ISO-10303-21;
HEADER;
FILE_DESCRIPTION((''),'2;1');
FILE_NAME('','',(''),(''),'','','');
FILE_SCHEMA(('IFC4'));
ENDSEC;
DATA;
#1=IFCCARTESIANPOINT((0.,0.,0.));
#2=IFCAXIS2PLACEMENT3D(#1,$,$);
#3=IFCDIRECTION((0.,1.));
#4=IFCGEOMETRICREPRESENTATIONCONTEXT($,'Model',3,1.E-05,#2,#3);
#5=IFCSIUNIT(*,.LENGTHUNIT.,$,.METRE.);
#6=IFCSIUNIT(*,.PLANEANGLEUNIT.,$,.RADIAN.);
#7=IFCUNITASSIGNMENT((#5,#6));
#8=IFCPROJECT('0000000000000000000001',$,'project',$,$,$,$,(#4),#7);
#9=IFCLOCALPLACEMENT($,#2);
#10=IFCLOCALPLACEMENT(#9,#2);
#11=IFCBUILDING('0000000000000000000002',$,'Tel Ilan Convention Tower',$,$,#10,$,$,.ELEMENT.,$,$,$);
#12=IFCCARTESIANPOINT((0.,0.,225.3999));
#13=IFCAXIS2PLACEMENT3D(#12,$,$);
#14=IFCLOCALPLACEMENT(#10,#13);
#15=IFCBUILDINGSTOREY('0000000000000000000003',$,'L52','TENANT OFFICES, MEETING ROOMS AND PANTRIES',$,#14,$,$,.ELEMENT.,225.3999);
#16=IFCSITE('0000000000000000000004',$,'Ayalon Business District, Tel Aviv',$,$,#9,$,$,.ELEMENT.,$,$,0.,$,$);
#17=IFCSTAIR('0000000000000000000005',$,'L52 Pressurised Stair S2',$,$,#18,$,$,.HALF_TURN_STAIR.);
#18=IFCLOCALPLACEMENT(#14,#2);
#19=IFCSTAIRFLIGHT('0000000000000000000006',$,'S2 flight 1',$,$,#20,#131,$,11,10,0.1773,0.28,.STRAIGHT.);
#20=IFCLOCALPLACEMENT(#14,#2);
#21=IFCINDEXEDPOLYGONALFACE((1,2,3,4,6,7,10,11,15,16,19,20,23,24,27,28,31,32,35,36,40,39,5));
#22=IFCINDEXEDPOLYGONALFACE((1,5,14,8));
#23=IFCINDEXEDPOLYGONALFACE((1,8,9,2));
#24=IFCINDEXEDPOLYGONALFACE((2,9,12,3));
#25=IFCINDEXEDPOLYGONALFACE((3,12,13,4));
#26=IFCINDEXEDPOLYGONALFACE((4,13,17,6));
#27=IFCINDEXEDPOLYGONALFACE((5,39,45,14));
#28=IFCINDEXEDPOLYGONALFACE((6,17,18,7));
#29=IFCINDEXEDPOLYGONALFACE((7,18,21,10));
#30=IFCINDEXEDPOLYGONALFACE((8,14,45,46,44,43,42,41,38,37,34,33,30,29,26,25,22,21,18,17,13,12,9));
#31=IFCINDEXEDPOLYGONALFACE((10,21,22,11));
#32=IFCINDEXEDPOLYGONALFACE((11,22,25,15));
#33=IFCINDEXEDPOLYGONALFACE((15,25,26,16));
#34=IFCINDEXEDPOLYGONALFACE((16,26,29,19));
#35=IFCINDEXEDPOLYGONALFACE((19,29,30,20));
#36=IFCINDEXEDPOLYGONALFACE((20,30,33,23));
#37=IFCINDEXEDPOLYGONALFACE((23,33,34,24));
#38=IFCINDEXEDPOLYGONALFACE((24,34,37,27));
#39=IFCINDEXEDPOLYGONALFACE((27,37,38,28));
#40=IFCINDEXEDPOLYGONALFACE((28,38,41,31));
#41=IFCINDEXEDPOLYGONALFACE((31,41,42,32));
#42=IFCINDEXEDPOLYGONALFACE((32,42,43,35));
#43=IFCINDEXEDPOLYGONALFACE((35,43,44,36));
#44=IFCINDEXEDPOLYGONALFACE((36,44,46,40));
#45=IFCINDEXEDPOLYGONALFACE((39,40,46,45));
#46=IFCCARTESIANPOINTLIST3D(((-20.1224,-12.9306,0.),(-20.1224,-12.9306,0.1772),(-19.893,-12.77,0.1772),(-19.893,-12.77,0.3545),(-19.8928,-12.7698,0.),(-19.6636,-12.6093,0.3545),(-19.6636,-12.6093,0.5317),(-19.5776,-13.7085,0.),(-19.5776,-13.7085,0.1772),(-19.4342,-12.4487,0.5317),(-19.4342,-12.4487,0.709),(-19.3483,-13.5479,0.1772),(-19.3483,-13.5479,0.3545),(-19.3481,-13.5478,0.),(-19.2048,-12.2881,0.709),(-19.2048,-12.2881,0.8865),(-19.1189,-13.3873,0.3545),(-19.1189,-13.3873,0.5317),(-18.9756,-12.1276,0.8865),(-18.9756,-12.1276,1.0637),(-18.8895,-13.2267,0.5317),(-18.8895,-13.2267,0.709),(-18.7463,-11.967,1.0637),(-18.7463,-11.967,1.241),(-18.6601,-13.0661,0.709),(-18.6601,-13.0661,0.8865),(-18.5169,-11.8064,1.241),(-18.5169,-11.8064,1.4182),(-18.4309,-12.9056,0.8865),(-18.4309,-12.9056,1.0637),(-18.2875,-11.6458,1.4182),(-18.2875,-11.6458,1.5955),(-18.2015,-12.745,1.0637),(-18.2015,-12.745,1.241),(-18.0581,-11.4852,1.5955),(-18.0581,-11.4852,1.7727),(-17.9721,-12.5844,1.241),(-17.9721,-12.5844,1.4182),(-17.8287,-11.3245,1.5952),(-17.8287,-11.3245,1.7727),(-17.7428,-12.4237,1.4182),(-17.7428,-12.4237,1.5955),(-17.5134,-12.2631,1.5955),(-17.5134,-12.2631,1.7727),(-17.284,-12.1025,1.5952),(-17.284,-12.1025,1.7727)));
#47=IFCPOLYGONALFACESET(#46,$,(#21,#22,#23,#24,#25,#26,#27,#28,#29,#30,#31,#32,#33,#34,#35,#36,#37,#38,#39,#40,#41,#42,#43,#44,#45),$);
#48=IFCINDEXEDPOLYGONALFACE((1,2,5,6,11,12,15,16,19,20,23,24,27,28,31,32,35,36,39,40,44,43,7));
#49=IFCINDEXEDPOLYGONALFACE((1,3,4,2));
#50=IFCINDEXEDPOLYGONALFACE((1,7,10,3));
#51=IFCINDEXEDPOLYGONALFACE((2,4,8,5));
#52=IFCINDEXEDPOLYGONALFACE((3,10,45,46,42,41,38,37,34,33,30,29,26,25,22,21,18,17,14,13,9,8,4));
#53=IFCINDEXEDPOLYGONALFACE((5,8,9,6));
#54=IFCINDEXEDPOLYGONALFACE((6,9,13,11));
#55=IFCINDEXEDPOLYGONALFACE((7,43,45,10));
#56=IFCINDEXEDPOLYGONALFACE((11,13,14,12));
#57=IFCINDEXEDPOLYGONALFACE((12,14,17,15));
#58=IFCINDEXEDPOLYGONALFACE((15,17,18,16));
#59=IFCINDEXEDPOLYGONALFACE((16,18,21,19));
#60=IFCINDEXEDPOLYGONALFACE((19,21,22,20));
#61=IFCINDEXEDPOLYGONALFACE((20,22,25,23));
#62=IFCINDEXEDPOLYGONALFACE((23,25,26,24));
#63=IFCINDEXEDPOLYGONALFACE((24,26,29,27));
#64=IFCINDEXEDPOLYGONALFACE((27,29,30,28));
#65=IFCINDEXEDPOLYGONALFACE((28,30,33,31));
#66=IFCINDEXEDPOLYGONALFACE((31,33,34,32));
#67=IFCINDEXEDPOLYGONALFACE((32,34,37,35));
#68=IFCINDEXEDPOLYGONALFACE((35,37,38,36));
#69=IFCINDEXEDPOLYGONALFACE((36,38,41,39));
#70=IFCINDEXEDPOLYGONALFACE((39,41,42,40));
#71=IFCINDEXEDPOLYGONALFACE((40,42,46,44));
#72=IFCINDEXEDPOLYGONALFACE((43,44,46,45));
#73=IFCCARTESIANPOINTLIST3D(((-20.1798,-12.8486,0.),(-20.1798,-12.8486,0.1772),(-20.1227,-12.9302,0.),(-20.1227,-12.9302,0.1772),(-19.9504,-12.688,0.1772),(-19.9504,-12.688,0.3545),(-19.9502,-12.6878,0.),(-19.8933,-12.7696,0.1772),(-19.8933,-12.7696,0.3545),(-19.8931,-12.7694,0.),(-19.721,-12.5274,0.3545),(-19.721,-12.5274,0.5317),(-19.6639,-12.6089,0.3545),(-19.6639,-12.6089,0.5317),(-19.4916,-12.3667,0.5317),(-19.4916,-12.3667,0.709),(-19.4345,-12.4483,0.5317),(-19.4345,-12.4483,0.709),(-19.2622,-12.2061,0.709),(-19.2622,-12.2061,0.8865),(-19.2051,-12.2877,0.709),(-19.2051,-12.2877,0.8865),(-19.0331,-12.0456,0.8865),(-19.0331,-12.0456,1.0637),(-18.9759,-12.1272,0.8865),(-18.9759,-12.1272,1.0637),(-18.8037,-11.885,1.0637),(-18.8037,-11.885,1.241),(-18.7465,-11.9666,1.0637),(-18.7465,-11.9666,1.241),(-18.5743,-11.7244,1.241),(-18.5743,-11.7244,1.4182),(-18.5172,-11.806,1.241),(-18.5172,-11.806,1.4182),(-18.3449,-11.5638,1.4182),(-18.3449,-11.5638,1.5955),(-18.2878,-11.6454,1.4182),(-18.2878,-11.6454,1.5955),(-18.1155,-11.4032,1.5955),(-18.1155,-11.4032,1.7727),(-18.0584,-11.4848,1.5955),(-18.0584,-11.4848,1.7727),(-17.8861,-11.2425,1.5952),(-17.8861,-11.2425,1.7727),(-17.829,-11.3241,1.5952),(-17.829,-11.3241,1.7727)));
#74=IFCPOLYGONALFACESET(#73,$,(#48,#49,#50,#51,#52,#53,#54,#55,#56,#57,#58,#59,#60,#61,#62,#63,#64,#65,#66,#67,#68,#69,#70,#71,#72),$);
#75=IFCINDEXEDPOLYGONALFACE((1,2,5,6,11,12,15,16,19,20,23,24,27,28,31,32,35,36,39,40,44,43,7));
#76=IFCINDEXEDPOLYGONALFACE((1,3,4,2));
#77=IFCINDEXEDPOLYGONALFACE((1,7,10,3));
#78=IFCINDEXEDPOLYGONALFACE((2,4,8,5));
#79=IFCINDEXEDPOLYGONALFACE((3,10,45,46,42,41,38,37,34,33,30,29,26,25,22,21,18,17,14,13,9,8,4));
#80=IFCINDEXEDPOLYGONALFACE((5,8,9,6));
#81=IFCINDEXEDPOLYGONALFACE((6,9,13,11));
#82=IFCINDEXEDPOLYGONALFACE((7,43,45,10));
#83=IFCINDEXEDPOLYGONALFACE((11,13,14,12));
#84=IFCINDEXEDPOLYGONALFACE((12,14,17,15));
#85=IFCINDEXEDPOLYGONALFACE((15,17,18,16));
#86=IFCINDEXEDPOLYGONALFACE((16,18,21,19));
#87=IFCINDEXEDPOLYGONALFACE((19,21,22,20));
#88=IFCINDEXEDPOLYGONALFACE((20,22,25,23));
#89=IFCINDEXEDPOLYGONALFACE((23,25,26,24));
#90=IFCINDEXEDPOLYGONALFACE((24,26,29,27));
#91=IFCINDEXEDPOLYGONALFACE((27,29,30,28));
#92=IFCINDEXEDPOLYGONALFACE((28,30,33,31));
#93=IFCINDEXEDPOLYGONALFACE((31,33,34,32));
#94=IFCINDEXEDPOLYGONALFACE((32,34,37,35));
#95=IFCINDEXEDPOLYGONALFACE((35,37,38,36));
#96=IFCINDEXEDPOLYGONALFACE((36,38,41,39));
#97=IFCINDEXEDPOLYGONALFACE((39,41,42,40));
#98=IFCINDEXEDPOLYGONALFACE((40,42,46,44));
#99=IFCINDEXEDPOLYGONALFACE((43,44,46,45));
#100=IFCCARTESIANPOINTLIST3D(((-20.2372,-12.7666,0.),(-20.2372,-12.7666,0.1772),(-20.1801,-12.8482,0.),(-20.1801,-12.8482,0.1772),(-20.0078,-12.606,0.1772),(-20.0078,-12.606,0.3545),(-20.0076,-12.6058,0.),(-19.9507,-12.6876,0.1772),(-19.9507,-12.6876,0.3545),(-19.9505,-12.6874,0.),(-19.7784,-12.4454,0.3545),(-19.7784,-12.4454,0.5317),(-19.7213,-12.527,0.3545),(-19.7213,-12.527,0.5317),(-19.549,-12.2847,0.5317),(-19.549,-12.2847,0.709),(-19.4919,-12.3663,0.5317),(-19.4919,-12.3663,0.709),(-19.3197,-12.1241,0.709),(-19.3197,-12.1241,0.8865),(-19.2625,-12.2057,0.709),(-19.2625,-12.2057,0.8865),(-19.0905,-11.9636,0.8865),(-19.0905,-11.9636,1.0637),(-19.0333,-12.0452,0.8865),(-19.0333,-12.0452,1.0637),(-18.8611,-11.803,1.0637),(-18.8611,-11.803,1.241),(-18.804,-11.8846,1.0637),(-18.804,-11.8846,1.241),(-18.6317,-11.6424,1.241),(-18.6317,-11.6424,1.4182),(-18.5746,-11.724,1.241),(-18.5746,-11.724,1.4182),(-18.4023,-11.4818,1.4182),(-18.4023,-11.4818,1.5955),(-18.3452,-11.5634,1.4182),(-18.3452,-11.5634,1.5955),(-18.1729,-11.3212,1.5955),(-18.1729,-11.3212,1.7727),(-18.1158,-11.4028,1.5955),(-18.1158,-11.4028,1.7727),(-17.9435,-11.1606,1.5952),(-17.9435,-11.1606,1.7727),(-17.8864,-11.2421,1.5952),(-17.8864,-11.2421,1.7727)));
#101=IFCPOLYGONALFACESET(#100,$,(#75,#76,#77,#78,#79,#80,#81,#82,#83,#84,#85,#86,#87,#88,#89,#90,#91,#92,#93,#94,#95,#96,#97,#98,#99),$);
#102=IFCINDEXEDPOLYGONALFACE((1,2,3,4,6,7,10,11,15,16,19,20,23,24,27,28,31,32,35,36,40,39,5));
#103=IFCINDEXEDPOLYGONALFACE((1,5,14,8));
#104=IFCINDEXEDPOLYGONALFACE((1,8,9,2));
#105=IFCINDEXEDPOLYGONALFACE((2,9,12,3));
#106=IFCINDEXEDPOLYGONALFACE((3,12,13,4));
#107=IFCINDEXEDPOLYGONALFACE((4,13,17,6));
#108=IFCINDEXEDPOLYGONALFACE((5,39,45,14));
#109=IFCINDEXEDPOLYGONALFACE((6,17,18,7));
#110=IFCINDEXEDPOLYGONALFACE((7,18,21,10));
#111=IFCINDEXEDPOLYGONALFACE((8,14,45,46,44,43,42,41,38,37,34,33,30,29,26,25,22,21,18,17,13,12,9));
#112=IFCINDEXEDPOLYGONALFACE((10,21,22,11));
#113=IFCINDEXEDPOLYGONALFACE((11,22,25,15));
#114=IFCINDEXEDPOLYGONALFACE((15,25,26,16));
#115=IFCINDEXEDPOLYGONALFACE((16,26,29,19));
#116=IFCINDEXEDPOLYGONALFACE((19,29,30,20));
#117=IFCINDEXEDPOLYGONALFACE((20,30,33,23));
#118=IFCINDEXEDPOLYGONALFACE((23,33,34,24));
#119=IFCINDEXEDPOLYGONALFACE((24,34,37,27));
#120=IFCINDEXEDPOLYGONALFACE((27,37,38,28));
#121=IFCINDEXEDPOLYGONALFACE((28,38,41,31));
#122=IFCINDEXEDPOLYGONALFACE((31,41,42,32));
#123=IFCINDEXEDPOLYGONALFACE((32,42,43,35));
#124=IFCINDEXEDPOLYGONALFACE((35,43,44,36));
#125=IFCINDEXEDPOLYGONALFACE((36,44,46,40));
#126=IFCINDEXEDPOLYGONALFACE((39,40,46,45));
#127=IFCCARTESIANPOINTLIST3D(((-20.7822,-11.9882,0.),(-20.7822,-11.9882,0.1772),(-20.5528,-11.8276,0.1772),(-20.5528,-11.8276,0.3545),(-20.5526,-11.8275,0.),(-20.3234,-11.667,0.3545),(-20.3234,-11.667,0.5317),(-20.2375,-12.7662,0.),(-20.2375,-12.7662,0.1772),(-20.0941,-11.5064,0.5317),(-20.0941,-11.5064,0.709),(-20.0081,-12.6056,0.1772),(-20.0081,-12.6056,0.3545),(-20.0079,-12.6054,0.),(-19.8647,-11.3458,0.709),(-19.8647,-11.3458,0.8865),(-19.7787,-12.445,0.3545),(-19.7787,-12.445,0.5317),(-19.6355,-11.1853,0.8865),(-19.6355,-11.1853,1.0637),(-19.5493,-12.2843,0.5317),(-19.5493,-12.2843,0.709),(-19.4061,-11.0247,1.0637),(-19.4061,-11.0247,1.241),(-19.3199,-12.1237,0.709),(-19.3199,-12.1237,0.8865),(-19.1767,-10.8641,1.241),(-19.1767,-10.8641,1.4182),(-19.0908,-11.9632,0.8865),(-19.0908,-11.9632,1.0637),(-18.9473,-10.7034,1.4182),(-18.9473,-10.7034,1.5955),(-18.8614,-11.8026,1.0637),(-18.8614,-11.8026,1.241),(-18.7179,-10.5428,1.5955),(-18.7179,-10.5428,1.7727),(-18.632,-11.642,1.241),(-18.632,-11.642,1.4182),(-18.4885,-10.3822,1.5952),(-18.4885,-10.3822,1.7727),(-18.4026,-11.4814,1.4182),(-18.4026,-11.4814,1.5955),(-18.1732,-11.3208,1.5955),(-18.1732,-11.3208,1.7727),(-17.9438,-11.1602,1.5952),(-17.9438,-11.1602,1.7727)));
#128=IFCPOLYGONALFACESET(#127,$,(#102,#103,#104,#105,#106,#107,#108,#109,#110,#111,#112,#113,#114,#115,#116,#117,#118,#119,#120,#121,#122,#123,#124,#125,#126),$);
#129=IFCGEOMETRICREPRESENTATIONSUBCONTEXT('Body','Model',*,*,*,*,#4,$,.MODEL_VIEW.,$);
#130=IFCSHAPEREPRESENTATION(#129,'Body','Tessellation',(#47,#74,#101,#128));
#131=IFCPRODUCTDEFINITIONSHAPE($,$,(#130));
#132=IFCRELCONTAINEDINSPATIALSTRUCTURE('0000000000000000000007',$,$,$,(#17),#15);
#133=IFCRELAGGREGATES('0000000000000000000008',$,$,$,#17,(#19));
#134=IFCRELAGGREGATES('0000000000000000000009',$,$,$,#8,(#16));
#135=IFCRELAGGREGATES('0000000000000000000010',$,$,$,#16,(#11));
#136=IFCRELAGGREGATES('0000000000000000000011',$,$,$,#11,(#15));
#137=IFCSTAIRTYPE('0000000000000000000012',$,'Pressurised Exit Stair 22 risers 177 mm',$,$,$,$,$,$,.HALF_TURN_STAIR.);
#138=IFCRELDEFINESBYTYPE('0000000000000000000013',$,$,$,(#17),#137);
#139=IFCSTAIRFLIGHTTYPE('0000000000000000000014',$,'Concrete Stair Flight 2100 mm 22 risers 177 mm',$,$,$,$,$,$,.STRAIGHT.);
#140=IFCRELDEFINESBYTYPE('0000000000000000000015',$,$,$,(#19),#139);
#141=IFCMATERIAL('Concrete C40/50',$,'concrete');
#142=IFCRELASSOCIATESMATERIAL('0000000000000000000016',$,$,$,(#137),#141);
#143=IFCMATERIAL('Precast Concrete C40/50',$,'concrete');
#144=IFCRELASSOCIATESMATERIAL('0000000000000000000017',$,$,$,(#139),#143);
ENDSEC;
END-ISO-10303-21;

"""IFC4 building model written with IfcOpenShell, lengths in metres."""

from ifc_helpers import new_model, si_unit, direction, frame, origin, place, context, subcontext, project, spatial, polyline, outline, extrude, material, type_object, element, aggregate, save


model = new_model("IFC4")

# Units and contexts
model_context = context("Model", 3, precision=1e-05, world=origin(), true_north=direction((0.0, 1.0)))
body_context = subcontext(model_context, "Body", "Model", "MODEL_VIEW")
ifc_project = project(units=[si_unit("LENGTHUNIT", "METRE"), si_unit("PLANEANGLEUNIT", "RADIAN")], contexts=[model_context])

# Site, building, storey
site_placement = place(None, origin())
site = spatial("IfcSite", under=ifc_project, at=site_placement, Name="Ayalon Business District, Tel Aviv", CompositionType="ELEMENT", RefElevation=0.0)
building_placement = place(site_placement, origin())
building = spatial("IfcBuilding", under=site, at=building_placement, Name="Tel Ilan Convention Tower", CompositionType="ELEMENT")
storey_placement = place(building_placement, frame((0.0, 0.0, 225.3999)))
storey = spatial("IfcBuildingStorey", under=building, at=storey_placement, Name="L52", Description="TENANT OFFICES, MEETING ROOMS AND PANTRIES", CompositionType="ELEMENT", Elevation=225.3999)

# Shared definitions
ifc_material_1 = material(Name="Concrete C40/50", Category="concrete")
stair_type = type_object("IfcStairType", Name="Pressurised Exit Stair 22 risers 177 mm", PredefinedType="HALF_TURN_STAIR", material=ifc_material_1)
ifc_material_2 = material(Name="Precast Concrete C40/50", Category="concrete")
stair_flight_type = type_object("IfcStairFlightType", Name="Concrete Stair Flight 2100 mm 22 risers 177 mm", PredefinedType="STRAIGHT", material=ifc_material_2)

# Stair, stair flight
stair_1_placement = place(storey_placement, origin())
stair_1 = element("IfcStair", 1, at=stair_1_placement, inside=storey, type_object=stair_type, Name="L52 Pressurised Stair S2", PredefinedType="HALF_TURN_STAIR")
stair_flight_1_placement = place(storey_placement, frame((-20.1799, -12.8484, 0.0), z_axis=(0.0, 0.0, 1.0), x_axis=(0.819152, 0.573576, 0.0)))
stair_flight_1 = element("IfcStairFlight", 2, at=stair_flight_1_placement, type_object=stair_flight_type, Name="S2 flight 1", NumberOfRisers=11, NumberOfTreads=10, PredefinedType="STRAIGHT", RiserHeight=0.1773, TreadLength=0.28, context=body_context, shape_type="SweptSolid", body=[
    extrude(outline(polyline([(0.0, 0.0), (0.0, 0.1772), (0.28, 0.1772), (0.28, 0.3545), (0.5601, 0.3545), (0.5601, 0.5317), (0.8401, 0.5317), (0.8401, 0.709), (1.1201, 0.709), (1.1201, 0.8865), (1.3999, 0.8865), (1.3999, 1.0637), (1.6799, 1.0637), (1.6799, 1.241), (1.96, 1.241), (1.96, 1.4182), (2.24, 1.4182), (2.24, 1.5955), (2.52, 1.5955), (2.52, 1.7727), (2.8, 1.7727), (2.8, 1.95), (2.8, 1.5952), (0.2803, 0.0), (0.0, 0.0)])), frame((0.0, -0.1003, 0.0), z_axis=(0.0, -1.0, 0.0), x_axis=(1.0, 0.0, 0.0)), (0.0, 0.0, 1.0), 0.9497),
    extrude(outline(polyline([(0.0, 0.0), (0.0, 0.1772), (0.28, 0.1772), (0.28, 0.3545), (0.5601, 0.3545), (0.5601, 0.5317), (0.8401, 0.5317), (0.8401, 0.709), (1.1201, 0.709), (1.1201, 0.8865), (1.3999, 0.8865), (1.3999, 1.0637), (1.6799, 1.0637), (1.6799, 1.241), (1.96, 1.241), (1.96, 1.4182), (2.24, 1.4182), (2.24, 1.5955), (2.52, 1.5955), (2.52, 1.7727), (2.8, 1.7727), (2.8, 1.95), (2.8, 1.5952), (0.2803, 0.0), (0.0, 0.0)])), frame((0.0, -0.0002, 0.0), z_axis=(0.0, -1.0, 0.0), x_axis=(1.0, 0.0, 0.0)), (0.0, 0.0, 1.0), 0.0996),
    extrude(outline(polyline([(0.0, 0.0), (0.0, 0.1772), (0.28, 0.1772), (0.28, 0.3545), (0.5601, 0.3545), (0.5601, 0.5317), (0.8401, 0.5317), (0.8401, 0.709), (1.1201, 0.709), (1.1201, 0.8865), (1.3999, 0.8865), (1.3999, 1.0637), (1.6799, 1.0637), (1.6799, 1.241), (1.96, 1.241), (1.96, 1.4182), (2.24, 1.4182), (2.24, 1.5955), (2.52, 1.5955), (2.52, 1.7727), (2.8, 1.7727), (2.8, 1.95), (2.8, 1.5952), (0.2803, 0.0), (0.0, 0.0)])), frame((0.0, 0.0999, 0.0), z_axis=(0.0, -1.0, 0.0), x_axis=(1.0, 0.0, 0.0)), (0.0, 0.0, 1.0), 0.0996),
    extrude(outline(polyline([(0.0, 0.0), (0.0, 0.1772), (0.28, 0.1772), (0.28, 0.3545), (0.5601, 0.3545), (0.5601, 0.5317), (0.8401, 0.5317), (0.8401, 0.709), (1.1201, 0.709), (1.1201, 0.8865), (1.3999, 0.8865), (1.3999, 1.0637), (1.6799, 1.0637), (1.6799, 1.241), (1.96, 1.241), (1.96, 1.4182), (2.24, 1.4182), (2.24, 1.5955), (2.52, 1.5955), (2.52, 1.7727), (2.8, 1.7727), (2.8, 1.95), (2.8, 1.5952), (0.2803, 0.0), (0.0, 0.0)])), frame((0.0, 1.05, 0.0), z_axis=(0.0, -1.0, 0.0), x_axis=(1.0, 0.0, 0.0)), (0.0, 0.0, 1.0), 0.9497),
])
aggregate(stair_1, [stair_flight_1])

save(model, "model.ifc")
